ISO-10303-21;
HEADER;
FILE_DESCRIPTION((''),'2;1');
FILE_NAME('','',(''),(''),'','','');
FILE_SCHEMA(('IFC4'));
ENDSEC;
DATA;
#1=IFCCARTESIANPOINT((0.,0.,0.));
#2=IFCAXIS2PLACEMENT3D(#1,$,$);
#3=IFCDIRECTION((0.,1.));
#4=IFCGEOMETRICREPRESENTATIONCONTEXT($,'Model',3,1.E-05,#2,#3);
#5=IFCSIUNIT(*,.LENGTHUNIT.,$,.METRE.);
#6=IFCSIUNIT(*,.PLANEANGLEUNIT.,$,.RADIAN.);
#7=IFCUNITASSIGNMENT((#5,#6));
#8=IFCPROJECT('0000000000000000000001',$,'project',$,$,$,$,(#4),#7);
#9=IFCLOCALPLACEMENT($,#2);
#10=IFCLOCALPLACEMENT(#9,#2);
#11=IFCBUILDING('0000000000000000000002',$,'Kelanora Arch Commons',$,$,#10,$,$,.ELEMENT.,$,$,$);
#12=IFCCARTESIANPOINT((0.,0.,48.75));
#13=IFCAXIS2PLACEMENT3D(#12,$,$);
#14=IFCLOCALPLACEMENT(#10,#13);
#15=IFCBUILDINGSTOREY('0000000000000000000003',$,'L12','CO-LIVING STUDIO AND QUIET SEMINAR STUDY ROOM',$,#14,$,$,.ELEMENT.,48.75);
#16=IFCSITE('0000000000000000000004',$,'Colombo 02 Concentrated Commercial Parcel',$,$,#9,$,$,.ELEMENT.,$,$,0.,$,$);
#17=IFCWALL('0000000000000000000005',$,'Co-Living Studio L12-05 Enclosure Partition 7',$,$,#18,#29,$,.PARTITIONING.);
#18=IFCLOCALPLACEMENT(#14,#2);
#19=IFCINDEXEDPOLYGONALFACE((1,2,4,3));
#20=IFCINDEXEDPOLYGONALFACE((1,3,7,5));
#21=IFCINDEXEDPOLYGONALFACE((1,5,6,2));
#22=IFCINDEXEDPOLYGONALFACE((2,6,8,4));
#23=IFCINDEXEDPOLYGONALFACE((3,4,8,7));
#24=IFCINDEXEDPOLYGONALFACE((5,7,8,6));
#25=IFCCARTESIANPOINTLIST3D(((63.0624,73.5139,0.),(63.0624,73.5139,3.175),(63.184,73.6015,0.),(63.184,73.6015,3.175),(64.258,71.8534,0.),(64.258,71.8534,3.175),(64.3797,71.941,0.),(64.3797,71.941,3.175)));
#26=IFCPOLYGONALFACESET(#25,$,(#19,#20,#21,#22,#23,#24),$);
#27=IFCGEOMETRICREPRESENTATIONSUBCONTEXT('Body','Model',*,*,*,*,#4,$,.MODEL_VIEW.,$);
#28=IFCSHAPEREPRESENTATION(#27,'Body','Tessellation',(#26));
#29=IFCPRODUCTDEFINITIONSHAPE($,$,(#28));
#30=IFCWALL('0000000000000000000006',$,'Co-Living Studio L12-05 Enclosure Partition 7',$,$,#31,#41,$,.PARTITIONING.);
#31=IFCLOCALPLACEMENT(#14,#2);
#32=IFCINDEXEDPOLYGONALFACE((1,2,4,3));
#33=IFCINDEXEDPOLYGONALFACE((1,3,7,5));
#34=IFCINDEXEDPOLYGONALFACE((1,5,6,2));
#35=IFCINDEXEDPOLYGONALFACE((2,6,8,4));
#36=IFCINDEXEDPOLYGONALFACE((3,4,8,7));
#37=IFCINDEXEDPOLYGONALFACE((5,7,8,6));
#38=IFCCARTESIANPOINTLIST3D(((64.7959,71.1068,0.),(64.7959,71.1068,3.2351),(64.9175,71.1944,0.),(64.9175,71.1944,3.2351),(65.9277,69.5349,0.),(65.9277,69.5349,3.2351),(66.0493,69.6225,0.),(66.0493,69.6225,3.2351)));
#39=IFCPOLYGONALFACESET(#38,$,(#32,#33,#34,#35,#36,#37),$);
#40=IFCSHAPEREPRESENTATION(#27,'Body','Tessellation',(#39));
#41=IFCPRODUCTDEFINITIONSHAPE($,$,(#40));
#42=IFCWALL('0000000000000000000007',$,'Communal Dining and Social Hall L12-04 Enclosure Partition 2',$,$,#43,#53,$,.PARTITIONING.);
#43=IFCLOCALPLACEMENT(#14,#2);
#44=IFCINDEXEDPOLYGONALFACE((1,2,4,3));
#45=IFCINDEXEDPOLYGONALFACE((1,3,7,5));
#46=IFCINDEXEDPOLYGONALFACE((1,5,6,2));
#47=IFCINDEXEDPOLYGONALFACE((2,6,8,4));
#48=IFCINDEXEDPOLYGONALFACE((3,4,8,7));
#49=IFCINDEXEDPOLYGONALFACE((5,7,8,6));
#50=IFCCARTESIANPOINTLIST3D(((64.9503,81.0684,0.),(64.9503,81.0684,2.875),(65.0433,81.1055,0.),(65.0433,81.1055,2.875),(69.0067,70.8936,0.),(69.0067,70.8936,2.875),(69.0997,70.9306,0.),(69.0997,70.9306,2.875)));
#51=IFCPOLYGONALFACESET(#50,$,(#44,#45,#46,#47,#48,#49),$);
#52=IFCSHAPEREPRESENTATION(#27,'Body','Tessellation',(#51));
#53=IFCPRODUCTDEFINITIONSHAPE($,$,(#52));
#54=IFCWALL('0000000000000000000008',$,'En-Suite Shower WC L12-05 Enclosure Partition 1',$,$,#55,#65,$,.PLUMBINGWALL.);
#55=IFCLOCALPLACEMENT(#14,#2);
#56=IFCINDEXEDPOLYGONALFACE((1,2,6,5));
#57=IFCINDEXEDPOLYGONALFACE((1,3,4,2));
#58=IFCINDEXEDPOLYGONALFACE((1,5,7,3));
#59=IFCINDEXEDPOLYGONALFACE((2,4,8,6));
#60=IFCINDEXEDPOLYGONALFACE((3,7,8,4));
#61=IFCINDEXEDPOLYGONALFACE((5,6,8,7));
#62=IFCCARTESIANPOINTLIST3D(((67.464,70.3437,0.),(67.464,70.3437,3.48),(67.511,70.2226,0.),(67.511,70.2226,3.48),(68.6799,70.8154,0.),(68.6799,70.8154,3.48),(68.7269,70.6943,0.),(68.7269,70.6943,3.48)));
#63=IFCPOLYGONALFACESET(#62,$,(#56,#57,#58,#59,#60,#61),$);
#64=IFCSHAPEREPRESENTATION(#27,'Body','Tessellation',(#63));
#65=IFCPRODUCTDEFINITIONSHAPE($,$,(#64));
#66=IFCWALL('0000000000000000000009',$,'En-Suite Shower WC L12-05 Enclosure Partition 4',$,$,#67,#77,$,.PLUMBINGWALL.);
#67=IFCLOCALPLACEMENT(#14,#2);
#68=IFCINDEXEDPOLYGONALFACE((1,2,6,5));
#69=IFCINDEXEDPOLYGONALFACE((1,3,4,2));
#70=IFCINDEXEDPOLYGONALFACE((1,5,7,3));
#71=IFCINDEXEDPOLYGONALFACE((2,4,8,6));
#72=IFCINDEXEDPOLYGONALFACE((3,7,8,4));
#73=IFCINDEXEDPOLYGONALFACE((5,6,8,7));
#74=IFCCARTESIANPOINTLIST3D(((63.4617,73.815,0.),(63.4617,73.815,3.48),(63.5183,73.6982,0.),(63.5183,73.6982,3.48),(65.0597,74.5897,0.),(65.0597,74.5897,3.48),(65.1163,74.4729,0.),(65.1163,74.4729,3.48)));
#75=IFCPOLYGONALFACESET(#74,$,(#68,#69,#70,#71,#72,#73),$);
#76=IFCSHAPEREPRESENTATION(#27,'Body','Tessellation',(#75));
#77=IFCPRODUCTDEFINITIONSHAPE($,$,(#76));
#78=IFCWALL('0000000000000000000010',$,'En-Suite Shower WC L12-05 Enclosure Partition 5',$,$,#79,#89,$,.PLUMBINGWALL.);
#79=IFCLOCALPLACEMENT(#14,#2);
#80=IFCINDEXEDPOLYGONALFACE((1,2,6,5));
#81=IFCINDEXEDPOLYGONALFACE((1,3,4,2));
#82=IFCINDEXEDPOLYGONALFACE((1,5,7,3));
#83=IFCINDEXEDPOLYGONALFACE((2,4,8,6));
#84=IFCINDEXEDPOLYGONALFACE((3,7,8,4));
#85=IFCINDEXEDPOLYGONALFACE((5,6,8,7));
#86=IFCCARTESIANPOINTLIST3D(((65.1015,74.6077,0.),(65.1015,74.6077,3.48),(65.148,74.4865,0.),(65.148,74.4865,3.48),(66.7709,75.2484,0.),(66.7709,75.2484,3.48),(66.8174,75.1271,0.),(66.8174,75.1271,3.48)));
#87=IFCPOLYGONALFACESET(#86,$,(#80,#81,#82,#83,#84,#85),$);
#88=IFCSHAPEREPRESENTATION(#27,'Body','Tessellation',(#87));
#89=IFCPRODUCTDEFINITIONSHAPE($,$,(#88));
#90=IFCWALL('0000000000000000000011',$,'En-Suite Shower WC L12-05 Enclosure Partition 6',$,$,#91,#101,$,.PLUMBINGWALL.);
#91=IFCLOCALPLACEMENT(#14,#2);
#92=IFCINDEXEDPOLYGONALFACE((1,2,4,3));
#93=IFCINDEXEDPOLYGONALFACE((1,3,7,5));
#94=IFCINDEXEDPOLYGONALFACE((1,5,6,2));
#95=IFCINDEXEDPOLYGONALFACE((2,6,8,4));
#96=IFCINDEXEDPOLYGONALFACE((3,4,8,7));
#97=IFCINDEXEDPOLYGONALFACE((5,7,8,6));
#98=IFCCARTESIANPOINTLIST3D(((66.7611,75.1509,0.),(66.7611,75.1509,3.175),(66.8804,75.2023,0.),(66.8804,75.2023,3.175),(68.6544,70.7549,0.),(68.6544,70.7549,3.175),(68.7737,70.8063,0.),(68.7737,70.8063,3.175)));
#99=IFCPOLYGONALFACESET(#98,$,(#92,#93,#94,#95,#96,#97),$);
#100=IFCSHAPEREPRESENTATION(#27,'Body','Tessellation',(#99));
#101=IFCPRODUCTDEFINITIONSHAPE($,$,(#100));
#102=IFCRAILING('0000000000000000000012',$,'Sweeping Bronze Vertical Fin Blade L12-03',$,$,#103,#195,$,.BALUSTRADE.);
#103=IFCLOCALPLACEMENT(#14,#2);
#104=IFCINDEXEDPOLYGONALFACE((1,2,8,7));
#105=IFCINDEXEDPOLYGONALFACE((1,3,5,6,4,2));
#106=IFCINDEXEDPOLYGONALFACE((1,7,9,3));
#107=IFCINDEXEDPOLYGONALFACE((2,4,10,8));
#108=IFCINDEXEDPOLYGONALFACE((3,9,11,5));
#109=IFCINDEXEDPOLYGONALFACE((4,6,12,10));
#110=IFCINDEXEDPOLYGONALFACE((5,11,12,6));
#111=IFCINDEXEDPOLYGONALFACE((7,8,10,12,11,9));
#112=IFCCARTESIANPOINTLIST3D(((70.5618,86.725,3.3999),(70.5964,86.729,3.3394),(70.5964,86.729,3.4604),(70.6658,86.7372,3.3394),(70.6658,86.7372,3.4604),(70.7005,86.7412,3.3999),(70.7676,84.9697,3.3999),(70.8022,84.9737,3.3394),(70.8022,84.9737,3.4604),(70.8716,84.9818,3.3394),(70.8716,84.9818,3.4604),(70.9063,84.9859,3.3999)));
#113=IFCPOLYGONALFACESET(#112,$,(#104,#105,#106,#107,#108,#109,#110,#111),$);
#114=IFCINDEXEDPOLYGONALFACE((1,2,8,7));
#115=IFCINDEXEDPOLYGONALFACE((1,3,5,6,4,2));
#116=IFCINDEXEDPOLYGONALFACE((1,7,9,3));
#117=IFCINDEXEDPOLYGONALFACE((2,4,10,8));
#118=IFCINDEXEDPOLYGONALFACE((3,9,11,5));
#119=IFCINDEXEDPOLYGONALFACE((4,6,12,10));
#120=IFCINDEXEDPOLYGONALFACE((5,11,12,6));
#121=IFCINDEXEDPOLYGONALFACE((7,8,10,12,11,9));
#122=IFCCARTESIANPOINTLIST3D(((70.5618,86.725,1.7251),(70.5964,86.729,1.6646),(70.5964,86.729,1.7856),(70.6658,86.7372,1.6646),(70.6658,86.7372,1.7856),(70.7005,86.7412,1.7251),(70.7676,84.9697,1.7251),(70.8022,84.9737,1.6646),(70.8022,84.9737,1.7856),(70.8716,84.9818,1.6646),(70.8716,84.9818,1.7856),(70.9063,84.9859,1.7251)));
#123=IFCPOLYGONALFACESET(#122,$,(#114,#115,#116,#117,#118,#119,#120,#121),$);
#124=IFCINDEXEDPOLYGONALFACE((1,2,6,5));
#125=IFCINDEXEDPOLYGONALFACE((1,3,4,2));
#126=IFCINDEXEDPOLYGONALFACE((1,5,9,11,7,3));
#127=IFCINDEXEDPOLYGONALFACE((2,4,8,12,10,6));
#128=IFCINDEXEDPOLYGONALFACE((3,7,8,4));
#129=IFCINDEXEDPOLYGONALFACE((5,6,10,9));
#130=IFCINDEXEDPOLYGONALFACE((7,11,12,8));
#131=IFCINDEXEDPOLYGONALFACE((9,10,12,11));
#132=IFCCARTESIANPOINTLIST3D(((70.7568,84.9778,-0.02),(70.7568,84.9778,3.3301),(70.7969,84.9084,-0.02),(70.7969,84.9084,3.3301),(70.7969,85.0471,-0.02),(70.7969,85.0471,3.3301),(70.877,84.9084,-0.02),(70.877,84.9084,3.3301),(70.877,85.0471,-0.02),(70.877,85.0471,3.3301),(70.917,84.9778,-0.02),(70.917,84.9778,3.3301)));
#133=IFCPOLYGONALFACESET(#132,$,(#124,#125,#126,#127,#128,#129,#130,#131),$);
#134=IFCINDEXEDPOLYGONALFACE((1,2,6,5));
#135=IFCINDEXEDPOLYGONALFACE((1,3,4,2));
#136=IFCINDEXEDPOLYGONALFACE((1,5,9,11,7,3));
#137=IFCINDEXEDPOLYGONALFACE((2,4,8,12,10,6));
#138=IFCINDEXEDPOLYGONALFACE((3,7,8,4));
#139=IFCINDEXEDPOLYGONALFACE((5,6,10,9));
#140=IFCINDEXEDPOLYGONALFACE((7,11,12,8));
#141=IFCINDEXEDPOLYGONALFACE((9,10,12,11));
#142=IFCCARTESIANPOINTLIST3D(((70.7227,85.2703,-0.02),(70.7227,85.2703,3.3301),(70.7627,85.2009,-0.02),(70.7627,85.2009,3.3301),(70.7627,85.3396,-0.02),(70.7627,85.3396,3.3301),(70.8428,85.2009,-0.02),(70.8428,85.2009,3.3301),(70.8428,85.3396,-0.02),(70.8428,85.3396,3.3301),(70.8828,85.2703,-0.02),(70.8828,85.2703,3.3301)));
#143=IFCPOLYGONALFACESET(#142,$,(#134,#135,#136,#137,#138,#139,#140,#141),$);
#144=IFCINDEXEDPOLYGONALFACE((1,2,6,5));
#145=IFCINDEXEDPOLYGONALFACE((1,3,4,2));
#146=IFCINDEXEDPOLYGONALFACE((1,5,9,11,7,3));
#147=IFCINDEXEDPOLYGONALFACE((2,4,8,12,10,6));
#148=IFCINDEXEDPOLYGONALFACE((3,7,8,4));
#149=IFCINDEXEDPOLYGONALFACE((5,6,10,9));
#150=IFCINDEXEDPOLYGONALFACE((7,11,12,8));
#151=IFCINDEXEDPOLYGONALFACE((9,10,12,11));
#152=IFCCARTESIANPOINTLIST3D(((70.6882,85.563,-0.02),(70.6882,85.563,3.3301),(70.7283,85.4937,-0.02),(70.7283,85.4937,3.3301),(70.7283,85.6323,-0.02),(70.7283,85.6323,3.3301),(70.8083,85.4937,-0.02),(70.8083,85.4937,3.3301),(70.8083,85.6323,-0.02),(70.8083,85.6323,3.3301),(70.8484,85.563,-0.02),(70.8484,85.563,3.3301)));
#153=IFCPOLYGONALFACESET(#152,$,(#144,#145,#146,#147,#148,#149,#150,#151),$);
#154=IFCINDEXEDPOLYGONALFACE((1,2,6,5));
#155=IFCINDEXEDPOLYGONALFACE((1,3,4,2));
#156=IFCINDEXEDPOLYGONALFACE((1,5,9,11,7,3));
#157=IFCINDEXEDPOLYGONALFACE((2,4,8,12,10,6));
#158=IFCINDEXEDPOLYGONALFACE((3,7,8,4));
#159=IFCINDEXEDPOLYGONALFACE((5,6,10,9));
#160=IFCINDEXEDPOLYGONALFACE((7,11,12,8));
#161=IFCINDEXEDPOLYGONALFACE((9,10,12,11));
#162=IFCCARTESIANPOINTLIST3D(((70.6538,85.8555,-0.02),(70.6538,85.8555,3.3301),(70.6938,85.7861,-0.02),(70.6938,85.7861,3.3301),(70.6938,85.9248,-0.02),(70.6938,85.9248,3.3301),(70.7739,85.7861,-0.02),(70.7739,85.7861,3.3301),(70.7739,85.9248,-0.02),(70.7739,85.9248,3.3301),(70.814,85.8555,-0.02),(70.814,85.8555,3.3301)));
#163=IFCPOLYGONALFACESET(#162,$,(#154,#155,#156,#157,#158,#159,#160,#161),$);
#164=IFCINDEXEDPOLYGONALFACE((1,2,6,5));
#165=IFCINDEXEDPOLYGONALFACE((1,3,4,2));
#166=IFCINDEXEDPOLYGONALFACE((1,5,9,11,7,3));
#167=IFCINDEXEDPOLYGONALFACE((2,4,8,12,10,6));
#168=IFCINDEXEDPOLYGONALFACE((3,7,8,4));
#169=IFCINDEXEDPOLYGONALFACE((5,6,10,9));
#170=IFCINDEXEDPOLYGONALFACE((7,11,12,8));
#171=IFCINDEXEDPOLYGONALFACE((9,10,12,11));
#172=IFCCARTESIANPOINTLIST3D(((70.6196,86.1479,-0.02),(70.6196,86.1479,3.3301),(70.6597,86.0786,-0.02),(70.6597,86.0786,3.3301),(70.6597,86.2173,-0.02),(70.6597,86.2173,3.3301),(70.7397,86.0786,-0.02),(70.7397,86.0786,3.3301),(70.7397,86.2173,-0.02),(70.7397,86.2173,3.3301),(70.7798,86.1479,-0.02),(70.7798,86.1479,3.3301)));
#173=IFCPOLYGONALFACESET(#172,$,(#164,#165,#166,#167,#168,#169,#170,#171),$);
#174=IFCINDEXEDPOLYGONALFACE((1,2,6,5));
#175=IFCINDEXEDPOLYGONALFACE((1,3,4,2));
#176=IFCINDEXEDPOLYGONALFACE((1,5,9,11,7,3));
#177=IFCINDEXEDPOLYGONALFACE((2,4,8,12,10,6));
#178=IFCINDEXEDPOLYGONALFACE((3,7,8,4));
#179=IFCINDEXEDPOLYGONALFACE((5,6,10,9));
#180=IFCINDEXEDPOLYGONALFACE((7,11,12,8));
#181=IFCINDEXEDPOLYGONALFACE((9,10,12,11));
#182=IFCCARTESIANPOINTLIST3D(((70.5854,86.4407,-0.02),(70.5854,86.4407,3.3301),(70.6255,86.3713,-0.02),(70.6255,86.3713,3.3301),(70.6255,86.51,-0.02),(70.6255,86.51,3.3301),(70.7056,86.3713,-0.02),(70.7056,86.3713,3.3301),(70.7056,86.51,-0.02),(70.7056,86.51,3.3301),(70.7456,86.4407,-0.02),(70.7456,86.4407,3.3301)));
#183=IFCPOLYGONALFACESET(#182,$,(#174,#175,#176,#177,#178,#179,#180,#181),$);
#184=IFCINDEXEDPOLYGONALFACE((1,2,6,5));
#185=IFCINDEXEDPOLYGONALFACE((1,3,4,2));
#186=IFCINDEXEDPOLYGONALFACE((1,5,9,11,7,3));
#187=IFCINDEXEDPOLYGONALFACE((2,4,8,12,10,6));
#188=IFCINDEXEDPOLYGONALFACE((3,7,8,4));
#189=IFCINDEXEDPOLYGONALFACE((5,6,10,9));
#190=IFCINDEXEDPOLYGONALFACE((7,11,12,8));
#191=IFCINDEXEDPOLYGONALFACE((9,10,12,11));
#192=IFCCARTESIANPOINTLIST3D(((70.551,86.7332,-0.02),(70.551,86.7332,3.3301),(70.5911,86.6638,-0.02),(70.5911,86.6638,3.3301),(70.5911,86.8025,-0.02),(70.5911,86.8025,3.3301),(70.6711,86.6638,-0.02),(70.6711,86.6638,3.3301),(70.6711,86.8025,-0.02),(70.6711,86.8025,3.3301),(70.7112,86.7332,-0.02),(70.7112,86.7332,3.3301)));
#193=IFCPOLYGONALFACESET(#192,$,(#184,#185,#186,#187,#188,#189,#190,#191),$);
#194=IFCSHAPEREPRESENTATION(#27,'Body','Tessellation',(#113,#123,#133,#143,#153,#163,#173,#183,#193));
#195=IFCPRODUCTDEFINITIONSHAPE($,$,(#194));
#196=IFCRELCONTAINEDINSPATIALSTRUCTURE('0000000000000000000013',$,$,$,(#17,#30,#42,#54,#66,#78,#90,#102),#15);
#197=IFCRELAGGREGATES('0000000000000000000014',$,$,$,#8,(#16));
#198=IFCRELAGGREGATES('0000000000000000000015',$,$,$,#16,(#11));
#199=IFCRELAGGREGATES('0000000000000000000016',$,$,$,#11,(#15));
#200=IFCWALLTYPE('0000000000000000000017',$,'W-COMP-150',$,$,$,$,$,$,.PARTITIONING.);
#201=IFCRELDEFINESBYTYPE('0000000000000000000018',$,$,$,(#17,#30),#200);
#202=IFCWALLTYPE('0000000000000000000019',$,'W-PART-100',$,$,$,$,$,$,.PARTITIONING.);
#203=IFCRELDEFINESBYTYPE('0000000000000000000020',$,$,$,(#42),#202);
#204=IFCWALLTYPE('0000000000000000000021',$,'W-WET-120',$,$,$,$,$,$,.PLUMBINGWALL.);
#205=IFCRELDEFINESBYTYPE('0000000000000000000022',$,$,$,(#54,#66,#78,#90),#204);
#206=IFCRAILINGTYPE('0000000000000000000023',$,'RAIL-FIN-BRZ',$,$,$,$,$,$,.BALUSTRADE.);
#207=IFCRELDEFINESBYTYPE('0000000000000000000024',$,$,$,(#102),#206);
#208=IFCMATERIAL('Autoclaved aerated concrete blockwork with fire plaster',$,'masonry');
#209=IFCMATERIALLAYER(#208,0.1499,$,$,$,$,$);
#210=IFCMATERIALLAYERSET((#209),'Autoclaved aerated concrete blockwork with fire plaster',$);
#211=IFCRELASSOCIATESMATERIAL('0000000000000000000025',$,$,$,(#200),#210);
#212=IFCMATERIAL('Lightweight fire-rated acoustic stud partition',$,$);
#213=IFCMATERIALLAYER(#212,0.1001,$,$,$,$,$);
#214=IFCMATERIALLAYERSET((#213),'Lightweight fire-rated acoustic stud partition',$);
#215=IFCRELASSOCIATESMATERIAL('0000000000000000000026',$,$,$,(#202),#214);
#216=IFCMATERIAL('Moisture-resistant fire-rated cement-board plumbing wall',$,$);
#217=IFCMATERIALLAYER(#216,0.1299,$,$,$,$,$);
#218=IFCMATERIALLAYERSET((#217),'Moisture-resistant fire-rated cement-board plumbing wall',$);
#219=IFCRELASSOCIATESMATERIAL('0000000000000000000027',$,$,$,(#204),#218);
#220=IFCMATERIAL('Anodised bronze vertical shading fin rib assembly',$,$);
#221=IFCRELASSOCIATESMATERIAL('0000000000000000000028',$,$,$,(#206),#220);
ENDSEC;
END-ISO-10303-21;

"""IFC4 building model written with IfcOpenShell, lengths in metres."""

from ifc_helpers import new_model, si_unit, direction, frame, frame_2d, origin, place, context, subcontext, project, spatial, polyline, rectangle, outline, extrude, material, layer, layer_set, type_object, element, save


model = new_model("IFC4")

# Units and contexts
model_context = context("Model", 3, precision=1e-05, world=origin(), true_north=direction((0.0, 1.0)))
body_context = subcontext(model_context, "Body", "Model", "MODEL_VIEW")
ifc_project = project(units=[si_unit("LENGTHUNIT", "METRE"), si_unit("PLANEANGLEUNIT", "RADIAN")], contexts=[model_context])

# Site, building, storey
site_placement = place(None, origin())
site = spatial("IfcSite", under=ifc_project, at=site_placement, Name="Colombo 02 Concentrated Commercial Parcel", CompositionType="ELEMENT", RefElevation=0.0)
building_placement = place(site_placement, origin())
building = spatial("IfcBuilding", under=site, at=building_placement, Name="Kelanora Arch Commons", CompositionType="ELEMENT")
storey_placement = place(building_placement, frame((0.0, 0.0, 48.75)))
storey = spatial("IfcBuildingStorey", under=building, at=storey_placement, Name="L12", Description="CO-LIVING STUDIO AND QUIET SEMINAR STUDY ROOM", CompositionType="ELEMENT", Elevation=48.75)

# Walls
ifc_material_1 = material(Name="Autoclaved aerated concrete blockwork with fire plaster", Category="masonry")
ifc_layer_1 = layer(ifc_material_1, 0.1499)
ifc_layer_set_1 = layer_set([ifc_layer_1], Name="Autoclaved aerated concrete blockwork with fire plaster")
wall_type_1 = type_object("IfcWallType", Name="W-COMP-150", PredefinedType="PARTITIONING", material=ifc_layer_set_1)
wall_1_placement = place(storey_placement, frame((63.1233, 73.5576, 0.0), z_axis=(0.0, 0.0, 1.0), x_axis=(0.584327, -0.811518, 0.0)))
element("IfcWall", 1, at=wall_1_placement, inside=storey, type_object=wall_type_1, Name="Co-Living Studio L12-05 Enclosure Partition 7", PredefinedType="PARTITIONING", context=body_context, shape_type="SweptSolid", body=[
    extrude(rectangle(XDim=2.0461, YDim=0.1499, at=frame_2d((1.0229, 0.0))), origin(), (0.0, 0.0, 1.0), 3.175),
])
wall_2_placement = place(storey_placement, frame((64.8567, 71.1506, 0.0), z_axis=(0.0, 0.0, 1.0), x_axis=(0.584298, -0.811539, 0.0)))
element("IfcWall", 2, at=wall_2_placement, inside=storey, type_object=wall_type_1, Name="Co-Living Studio L12-05 Enclosure Partition 7", PredefinedType="PARTITIONING", context=body_context, shape_type="SweptSolid", body=[
    extrude(rectangle(XDim=1.937, YDim=0.1499, at=frame_2d((0.9685, 0.0))), origin(), (0.0, 0.0, 1.0), 3.2351),
])
ifc_material_2 = material(Name="Lightweight fire-rated acoustic stud partition")
ifc_layer_2 = layer(ifc_material_2, 0.1001)
ifc_layer_set_2 = layer_set([ifc_layer_2], Name="Lightweight fire-rated acoustic stud partition")
wall_type_2 = type_object("IfcWallType", Name="W-PART-100", PredefinedType="PARTITIONING", material=ifc_layer_set_2)
wall_3_placement = place(storey_placement, frame((69.0532, 70.9121, 0.0), z_axis=(0.0, 0.0, 1.0), x_axis=(-0.370326, 0.928902, 0.0)))
element("IfcWall", 3, at=wall_3_placement, inside=storey, type_object=wall_type_2, Name="Communal Dining and Social Hall L12-04 Enclosure Partition 2", PredefinedType="PARTITIONING", context=body_context, shape_type="SweptSolid", body=[
    extrude(rectangle(XDim=10.9536, YDim=0.1001, at=frame_2d((5.4768, 0.0))), origin(), (0.0, 0.0, 1.0), 2.875),
])
ifc_material_3 = material(Name="Moisture-resistant fire-rated cement-board plumbing wall")
ifc_layer_3 = layer(ifc_material_3, 0.1299)
ifc_layer_set_3 = layer_set([ifc_layer_3], Name="Moisture-resistant fire-rated cement-board plumbing wall")
wall_type_3 = type_object("IfcWallType", Name="W-WET-120", PredefinedType="PLUMBINGWALL", material=ifc_layer_set_3)
wall_4_placement = place(storey_placement, frame((68.7034, 70.7549, 0.0), z_axis=(0.0, 0.0, 1.0), x_axis=(-0.932299, -0.361687, 0.0)))
element("IfcWall", 4, at=wall_4_placement, inside=storey, type_object=wall_type_3, Name="En-Suite Shower WC L12-05 Enclosure Partition 1", PredefinedType="PLUMBINGWALL", context=body_context, shape_type="SweptSolid", body=[
    extrude(rectangle(XDim=1.3042, YDim=0.1299, at=frame_2d((0.6521, 0.0))), origin(), (0.0, 0.0, 1.0), 3.48),
])
wall_5_placement = place(storey_placement, frame((63.49, 73.7566, 0.0), z_axis=(0.0, 0.0, 1.0), x_axis=(0.899832, 0.436236, 0.0)))
element("IfcWall", 5, at=wall_5_placement, inside=storey, type_object=wall_type_3, Name="En-Suite Shower WC L12-05 Enclosure Partition 4", PredefinedType="PLUMBINGWALL", context=body_context, shape_type="SweptSolid", body=[
    extrude(rectangle(XDim=1.7759, YDim=0.1299, at=frame_2d((0.8879, 0.0))), origin(), (0.0, 0.0, 1.0), 3.48),
])
wall_6_placement = place(storey_placement, frame((65.1248, 74.5471, 0.0), z_axis=(0.0, 0.0, 1.0), x_axis=(0.93362, 0.358265, 0.0)))
element("IfcWall", 6, at=wall_6_placement, inside=storey, type_object=wall_type_3, Name="En-Suite Shower WC L12-05 Enclosure Partition 5", PredefinedType="PLUMBINGWALL", context=body_context, shape_type="SweptSolid", body=[
    extrude(rectangle(XDim=1.7881, YDim=0.1299, at=frame_2d((0.894, 0.0))), origin(), (0.0, 0.0, 1.0), 3.48),
])
wall_7_placement = place(storey_placement, frame((66.8208, 75.1765, 0.0), z_axis=(0.0, 0.0, 1.0), x_axis=(0.395562, -0.918439, 0.0)))
element("IfcWall", 7, at=wall_7_placement, inside=storey, type_object=wall_type_3, Name="En-Suite Shower WC L12-05 Enclosure Partition 6", PredefinedType="PLUMBINGWALL", context=body_context, shape_type="SweptSolid", body=[
    extrude(rectangle(XDim=4.7864, YDim=0.1299, at=frame_2d((2.3931, 0.0))), origin(), (0.0, 0.0, 1.0), 3.175),
])

# Railing
ifc_material_4 = material(Name="Anodised bronze vertical shading fin rib assembly")
railing_type = type_object("IfcRailingType", Name="RAIL-FIN-BRZ", PredefinedType="BALUSTRADE", material=ifc_material_4)
railing_placement = place(storey_placement, frame((70.8369, 84.9778, -0.02)))
element("IfcRailing", 8, at=railing_placement, inside=storey, type_object=railing_type, Name="Sweeping Bronze Vertical Fin Blade L12-03", PredefinedType="BALUSTRADE", context=body_context, shape_type="SweptSolid", body=[
    extrude(outline(polyline([(0.0698, 0.0), (0.0349, 0.0605), (-0.0349, 0.0605), (-0.0698, 0.0), (-0.0349, -0.0605), (0.0349, -0.0605), (0.0698, 0.0)])), frame((0.0, 0.0, 3.4199), z_axis=(-0.116449, 0.993197, 0.0), x_axis=(-0.993197, -0.116449, 0.0)), (0.0, 0.0, 1.0), 1.7673),
    extrude(outline(polyline([(0.0698, 0.0), (0.0349, 0.0605), (-0.0349, 0.0605), (-0.0698, 0.0), (-0.0349, -0.0605), (0.0349, -0.0605), (0.0698, 0.0)])), frame((0.0, 0.0, 1.7451), z_axis=(-0.116449, 0.993197, 0.0), x_axis=(-0.993197, -0.116449, 0.0)), (0.0, 0.0, 1.0), 1.7673),
    extrude(outline(polyline([(0.0801, 0.0), (0.04, 0.0693), (-0.04, 0.0693), (-0.0801, 0.0), (-0.04, -0.0693), (0.04, -0.0693), (0.0801, 0.0)])), origin(), (0.0, 0.0, 1.0), 3.3501),
    extrude(outline(polyline([(0.0801, 0.0), (0.04, 0.0693), (-0.04, 0.0693), (-0.0801, 0.0), (-0.04, -0.0693), (0.04, -0.0693), (0.0801, 0.0)])), frame((-0.0342, 0.2925, 0.0)), (0.0, 0.0, 1.0), 3.3501),
    extrude(outline(polyline([(0.0801, 0.0), (0.04, 0.0693), (-0.04, 0.0693), (-0.0801, 0.0), (-0.04, -0.0693), (0.04, -0.0693), (0.0801, 0.0)])), frame((-0.0686, 0.5852, 0.0)), (0.0, 0.0, 1.0), 3.3501),
    extrude(outline(polyline([(0.0801, 0.0), (0.04, 0.0693), (-0.04, 0.0693), (-0.0801, 0.0), (-0.04, -0.0693), (0.04, -0.0693), (0.0801, 0.0)])), frame((-0.103, 0.8777, 0.0)), (0.0, 0.0, 1.0), 3.3501),
    extrude(outline(polyline([(0.0801, 0.0), (0.04, 0.0693), (-0.04, 0.0693), (-0.0801, 0.0), (-0.04, -0.0693), (0.04, -0.0693), (0.0801, 0.0)])), frame((-0.1372, 1.1702, 0.0)), (0.0, 0.0, 1.0), 3.3501),
    extrude(outline(polyline([(0.0801, 0.0), (0.04, 0.0693), (-0.04, 0.0693), (-0.0801, 0.0), (-0.04, -0.0693), (0.04, -0.0693), (0.0801, 0.0)])), frame((-0.1714, 1.4629, 0.0)), (0.0, 0.0, 1.0), 3.3501),
    extrude(outline(polyline([(0.0801, 0.0), (0.04, 0.0693), (-0.04, 0.0693), (-0.0801, 0.0), (-0.04, -0.0693), (0.04, -0.0693), (0.0801, 0.0)])), frame((-0.2058, 1.7554, 0.0)), (0.0, 0.0, 1.0), 3.3501),
])

save(model, "model.ifc")
